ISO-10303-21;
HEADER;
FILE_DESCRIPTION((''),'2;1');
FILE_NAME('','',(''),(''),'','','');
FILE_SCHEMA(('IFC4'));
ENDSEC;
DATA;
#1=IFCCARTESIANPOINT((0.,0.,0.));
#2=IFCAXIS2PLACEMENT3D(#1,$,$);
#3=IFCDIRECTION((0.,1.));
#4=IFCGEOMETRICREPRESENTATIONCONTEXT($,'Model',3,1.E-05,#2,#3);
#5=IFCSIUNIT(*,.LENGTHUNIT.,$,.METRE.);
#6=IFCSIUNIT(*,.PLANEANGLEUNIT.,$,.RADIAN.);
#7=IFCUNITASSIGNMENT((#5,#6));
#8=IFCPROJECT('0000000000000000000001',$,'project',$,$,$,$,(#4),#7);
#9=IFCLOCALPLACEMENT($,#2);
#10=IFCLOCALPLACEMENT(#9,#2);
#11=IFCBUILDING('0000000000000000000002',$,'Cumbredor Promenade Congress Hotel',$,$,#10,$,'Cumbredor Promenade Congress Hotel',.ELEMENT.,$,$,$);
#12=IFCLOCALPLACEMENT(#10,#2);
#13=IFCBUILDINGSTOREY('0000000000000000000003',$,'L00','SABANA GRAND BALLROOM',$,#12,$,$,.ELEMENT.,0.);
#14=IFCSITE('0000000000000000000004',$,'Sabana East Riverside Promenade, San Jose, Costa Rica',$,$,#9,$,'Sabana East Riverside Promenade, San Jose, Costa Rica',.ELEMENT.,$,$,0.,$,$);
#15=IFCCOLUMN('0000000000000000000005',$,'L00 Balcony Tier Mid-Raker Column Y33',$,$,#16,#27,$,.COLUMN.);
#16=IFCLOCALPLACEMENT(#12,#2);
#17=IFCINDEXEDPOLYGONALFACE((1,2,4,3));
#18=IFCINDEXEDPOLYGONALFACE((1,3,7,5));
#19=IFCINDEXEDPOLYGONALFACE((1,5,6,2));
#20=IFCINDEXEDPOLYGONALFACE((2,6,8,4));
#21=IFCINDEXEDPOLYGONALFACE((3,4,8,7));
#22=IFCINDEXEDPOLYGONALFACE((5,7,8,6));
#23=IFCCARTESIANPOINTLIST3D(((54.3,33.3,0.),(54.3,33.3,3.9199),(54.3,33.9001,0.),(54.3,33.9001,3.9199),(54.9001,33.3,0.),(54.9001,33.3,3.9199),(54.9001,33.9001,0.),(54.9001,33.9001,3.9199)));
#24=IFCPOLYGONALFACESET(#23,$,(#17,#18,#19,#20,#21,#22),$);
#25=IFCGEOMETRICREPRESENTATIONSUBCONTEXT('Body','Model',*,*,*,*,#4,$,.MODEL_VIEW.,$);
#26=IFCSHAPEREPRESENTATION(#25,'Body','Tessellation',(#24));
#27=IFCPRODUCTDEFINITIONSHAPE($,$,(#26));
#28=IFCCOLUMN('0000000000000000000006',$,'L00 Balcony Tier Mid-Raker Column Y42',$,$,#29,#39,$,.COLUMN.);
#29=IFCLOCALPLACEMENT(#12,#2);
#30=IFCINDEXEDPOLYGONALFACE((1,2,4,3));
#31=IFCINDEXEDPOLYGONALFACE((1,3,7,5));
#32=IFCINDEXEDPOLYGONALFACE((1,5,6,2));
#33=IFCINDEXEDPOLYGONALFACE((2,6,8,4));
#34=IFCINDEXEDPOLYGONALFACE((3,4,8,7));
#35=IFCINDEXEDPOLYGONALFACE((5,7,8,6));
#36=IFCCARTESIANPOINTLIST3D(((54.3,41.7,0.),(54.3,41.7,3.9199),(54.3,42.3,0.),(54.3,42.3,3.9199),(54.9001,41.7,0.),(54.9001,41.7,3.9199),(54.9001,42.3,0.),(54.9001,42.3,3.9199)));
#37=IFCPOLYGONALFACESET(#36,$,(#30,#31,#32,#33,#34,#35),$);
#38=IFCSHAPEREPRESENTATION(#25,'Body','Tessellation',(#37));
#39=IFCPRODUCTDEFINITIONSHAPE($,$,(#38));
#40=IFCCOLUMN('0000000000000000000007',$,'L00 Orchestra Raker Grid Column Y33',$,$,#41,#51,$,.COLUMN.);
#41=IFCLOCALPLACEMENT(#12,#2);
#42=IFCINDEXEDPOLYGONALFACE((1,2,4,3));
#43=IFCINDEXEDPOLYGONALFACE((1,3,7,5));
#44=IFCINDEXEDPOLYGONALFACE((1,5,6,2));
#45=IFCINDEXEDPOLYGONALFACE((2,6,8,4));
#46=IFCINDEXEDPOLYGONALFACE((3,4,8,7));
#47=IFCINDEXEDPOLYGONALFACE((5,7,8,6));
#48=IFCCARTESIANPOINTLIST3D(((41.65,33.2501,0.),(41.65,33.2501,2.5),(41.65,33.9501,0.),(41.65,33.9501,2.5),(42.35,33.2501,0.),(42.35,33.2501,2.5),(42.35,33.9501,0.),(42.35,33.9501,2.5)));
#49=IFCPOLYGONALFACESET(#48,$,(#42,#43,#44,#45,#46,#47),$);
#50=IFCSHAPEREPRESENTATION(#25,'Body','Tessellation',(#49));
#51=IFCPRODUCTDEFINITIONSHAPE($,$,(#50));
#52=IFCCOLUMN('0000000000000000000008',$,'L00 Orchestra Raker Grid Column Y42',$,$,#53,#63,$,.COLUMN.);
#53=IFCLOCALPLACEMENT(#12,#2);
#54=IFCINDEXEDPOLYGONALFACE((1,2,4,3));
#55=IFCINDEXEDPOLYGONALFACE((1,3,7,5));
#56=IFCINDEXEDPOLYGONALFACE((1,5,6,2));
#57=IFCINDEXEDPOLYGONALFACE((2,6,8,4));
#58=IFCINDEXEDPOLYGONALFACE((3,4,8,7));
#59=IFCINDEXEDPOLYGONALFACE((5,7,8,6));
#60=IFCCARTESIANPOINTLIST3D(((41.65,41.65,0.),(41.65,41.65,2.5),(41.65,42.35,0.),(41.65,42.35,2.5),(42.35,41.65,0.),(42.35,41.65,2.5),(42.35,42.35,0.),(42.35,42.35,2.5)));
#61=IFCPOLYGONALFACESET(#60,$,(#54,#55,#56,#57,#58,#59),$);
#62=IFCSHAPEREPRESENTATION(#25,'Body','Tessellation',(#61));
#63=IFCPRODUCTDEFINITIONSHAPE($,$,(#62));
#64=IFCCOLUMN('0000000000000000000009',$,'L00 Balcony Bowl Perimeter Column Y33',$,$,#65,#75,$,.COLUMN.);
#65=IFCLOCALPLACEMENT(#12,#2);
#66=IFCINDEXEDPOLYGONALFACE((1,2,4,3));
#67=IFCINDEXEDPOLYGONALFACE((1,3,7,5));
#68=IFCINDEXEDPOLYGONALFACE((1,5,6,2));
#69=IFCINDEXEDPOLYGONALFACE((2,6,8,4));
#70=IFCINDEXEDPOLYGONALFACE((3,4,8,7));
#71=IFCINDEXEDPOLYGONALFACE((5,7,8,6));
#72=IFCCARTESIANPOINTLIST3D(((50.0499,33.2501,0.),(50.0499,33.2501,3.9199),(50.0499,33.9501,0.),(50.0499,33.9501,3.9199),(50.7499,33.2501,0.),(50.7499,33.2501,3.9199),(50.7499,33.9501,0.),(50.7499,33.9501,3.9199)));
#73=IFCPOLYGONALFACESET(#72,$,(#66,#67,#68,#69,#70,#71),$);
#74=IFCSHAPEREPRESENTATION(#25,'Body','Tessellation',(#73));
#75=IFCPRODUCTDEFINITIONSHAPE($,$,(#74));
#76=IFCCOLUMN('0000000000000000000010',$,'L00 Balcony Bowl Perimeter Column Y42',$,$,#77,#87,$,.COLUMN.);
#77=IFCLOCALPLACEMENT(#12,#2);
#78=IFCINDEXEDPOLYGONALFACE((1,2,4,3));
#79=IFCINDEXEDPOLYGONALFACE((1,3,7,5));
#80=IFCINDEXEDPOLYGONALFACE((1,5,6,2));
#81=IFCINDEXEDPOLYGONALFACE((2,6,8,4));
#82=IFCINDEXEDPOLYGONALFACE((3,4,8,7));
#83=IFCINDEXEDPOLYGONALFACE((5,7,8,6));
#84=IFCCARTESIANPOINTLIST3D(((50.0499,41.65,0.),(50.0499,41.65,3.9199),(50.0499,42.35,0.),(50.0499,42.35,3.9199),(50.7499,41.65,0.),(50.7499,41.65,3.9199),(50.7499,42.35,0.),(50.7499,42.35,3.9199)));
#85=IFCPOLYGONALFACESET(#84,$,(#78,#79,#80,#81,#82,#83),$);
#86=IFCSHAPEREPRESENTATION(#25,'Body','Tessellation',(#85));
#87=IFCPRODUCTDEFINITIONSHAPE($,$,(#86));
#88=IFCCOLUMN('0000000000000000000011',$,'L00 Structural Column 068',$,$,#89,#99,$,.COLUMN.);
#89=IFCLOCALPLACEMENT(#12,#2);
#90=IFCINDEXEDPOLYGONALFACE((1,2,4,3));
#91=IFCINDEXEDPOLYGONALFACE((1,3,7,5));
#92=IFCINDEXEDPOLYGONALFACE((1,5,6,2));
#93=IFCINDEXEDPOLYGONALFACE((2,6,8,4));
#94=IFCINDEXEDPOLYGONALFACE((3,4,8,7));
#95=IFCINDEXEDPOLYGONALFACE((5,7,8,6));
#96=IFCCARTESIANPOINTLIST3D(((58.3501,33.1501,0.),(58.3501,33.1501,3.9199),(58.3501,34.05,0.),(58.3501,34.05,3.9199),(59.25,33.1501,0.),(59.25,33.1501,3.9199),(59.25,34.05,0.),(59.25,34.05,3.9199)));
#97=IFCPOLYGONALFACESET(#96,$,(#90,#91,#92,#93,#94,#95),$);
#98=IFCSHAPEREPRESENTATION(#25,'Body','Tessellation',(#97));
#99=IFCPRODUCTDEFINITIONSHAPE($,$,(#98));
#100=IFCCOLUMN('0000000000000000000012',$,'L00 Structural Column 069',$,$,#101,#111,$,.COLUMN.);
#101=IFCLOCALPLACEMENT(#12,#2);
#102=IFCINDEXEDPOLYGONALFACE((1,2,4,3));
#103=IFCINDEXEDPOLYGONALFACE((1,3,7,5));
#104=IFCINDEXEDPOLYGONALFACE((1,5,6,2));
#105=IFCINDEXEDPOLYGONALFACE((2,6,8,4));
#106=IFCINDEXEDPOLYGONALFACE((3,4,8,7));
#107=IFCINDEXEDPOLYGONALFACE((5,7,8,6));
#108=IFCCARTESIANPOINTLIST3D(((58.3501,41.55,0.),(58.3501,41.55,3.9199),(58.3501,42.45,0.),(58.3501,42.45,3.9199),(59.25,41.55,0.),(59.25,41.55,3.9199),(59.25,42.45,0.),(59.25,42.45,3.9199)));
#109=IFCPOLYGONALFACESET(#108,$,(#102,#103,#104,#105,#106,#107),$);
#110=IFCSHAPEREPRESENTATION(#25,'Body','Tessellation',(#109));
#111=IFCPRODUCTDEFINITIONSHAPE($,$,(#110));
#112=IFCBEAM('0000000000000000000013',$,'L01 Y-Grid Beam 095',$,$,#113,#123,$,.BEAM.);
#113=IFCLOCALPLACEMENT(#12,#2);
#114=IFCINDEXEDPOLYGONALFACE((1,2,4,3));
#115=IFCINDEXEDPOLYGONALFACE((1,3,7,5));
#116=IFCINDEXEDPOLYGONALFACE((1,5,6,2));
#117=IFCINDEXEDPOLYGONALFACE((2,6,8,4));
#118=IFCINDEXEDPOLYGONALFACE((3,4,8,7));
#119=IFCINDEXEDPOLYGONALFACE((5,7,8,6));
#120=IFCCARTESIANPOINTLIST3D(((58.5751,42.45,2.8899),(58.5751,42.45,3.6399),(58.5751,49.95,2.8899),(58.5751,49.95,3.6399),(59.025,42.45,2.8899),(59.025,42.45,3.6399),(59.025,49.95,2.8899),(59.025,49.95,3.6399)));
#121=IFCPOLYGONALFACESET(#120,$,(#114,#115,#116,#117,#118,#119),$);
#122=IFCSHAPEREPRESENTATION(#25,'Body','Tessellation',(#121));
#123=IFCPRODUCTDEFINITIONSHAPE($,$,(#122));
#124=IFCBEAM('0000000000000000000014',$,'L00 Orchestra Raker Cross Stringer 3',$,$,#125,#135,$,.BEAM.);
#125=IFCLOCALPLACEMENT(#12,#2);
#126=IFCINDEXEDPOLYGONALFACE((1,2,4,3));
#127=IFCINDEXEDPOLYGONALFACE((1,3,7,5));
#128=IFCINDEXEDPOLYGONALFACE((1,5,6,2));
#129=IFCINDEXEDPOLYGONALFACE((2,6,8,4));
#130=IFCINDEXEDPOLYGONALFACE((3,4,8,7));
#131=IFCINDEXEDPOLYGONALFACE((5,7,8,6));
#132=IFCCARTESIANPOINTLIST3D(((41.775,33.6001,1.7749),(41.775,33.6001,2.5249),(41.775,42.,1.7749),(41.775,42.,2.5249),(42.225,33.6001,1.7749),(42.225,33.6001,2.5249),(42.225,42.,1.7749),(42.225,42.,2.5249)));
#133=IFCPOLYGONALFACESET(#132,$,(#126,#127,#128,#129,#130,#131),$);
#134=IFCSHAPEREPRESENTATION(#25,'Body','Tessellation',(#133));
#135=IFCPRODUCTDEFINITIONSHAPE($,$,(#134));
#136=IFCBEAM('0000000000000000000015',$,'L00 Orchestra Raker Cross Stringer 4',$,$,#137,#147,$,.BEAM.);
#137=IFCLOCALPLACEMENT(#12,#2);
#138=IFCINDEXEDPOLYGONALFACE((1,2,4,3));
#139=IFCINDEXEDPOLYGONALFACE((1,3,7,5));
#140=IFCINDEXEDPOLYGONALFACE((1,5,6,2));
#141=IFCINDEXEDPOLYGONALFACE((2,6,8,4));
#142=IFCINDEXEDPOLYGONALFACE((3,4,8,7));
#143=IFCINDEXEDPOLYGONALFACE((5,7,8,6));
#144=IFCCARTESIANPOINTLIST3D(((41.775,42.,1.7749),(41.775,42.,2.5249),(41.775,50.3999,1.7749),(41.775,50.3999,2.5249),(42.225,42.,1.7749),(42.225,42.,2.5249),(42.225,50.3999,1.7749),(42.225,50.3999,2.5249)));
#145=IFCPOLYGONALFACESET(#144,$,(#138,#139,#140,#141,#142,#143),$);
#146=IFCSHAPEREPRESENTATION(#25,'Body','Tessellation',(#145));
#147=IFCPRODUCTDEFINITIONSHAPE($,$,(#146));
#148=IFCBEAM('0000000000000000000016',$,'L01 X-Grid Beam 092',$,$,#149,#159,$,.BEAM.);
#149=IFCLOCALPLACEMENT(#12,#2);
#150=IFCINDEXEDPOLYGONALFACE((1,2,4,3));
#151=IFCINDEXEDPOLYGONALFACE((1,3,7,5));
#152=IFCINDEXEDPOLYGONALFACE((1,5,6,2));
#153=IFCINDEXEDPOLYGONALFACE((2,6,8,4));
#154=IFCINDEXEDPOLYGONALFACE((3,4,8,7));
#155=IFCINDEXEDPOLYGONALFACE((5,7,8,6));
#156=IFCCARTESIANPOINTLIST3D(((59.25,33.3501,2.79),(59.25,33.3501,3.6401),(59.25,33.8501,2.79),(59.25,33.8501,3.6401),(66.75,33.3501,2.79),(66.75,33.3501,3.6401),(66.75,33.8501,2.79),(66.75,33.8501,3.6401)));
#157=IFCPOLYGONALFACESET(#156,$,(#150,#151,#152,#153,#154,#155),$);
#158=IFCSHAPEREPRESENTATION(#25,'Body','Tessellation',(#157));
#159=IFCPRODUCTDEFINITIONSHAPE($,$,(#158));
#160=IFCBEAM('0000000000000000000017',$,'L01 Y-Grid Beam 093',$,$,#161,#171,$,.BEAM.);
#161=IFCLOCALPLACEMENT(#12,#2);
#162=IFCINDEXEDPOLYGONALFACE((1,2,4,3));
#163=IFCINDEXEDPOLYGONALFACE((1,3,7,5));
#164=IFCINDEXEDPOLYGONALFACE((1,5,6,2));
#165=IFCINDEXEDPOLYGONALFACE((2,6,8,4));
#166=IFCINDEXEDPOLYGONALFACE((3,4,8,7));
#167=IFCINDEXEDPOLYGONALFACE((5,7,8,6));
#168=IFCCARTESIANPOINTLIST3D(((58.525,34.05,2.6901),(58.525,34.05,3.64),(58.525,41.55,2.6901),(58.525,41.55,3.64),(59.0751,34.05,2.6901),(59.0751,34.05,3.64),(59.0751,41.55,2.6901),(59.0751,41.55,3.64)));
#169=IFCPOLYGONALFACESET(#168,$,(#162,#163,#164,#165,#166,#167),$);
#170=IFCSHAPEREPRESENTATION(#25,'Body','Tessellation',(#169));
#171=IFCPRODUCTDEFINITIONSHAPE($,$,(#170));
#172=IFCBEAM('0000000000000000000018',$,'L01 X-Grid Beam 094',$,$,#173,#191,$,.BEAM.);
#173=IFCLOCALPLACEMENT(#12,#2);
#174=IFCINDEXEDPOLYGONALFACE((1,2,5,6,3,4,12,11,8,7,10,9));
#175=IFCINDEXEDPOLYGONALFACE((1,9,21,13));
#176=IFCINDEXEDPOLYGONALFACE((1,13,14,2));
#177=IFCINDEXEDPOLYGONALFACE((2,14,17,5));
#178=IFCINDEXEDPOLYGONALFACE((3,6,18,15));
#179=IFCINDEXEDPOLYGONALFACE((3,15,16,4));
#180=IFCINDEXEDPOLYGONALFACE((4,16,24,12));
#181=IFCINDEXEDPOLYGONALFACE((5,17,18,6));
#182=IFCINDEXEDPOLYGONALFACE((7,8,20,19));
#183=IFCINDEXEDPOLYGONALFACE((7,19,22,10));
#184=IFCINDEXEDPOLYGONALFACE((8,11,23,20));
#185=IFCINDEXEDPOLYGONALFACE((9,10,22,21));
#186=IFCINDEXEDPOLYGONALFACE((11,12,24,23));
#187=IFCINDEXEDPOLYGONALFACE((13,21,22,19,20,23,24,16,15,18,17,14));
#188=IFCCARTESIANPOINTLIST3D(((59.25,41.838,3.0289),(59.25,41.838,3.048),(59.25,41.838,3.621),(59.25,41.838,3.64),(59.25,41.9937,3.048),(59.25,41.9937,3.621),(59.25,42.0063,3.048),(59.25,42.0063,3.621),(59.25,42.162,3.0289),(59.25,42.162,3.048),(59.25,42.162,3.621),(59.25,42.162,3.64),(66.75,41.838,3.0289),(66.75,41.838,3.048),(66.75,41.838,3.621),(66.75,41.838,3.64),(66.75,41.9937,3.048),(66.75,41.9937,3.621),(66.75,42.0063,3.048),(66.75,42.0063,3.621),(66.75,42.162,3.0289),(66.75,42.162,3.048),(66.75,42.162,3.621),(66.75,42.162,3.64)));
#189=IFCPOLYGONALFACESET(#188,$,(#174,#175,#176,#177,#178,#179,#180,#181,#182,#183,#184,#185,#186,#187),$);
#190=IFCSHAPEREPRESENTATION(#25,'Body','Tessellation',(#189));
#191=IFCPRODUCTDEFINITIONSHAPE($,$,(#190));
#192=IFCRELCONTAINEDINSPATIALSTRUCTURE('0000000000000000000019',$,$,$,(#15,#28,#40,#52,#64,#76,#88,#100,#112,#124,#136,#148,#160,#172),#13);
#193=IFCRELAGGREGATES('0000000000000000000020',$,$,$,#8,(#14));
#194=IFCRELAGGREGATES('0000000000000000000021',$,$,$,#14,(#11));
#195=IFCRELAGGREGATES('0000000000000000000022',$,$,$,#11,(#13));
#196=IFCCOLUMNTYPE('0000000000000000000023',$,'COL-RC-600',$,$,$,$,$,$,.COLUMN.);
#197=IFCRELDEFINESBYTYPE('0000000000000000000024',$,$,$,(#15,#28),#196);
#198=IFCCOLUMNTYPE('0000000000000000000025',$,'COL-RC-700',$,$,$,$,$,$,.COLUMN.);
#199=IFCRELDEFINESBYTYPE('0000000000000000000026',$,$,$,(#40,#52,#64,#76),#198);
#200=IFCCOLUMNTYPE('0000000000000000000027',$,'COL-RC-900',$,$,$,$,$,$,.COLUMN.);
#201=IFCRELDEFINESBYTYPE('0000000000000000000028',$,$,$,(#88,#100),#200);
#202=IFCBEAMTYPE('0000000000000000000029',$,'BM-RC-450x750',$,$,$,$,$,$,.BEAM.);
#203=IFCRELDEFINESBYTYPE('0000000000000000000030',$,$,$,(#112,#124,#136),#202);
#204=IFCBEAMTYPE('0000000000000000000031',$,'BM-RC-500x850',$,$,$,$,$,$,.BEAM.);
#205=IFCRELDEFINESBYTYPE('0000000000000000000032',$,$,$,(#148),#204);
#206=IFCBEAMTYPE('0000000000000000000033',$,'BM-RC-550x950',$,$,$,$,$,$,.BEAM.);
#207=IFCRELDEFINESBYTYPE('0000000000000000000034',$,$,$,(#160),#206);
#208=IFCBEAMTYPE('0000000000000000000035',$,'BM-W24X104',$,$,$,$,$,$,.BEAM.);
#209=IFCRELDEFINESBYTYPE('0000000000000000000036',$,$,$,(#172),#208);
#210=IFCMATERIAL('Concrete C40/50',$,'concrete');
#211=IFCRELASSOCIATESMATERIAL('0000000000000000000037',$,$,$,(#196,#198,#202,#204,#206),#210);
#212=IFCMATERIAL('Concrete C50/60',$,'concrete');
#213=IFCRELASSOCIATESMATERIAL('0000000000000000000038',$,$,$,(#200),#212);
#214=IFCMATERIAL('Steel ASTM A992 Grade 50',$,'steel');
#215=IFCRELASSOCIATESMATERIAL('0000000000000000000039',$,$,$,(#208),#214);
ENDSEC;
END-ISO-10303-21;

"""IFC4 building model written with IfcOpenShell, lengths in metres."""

from ifc_helpers import new_model, si_unit, direction, frame, origin, origin_2d, place, context, subcontext, project, spatial, rectangle, i_section, extrude, material, material_profile, profile_set, type_object, element, save


model = new_model("IFC4")

# Units and contexts
model_context = context("Model", 3, precision=1e-05, world=origin(), true_north=direction((0.0, 1.0)))
body_context = subcontext(model_context, "Body", "Model", "MODEL_VIEW")
ifc_project = project(units=[si_unit("LENGTHUNIT", "METRE"), si_unit("PLANEANGLEUNIT", "RADIAN")], contexts=[model_context])

# Site, building, storey
site_placement = place(None, origin())
site = spatial("IfcSite", under=ifc_project, at=site_placement, Name="Sabana East Riverside Promenade, San Jose, Costa Rica", LongName="Sabana East Riverside Promenade, San Jose, Costa Rica", CompositionType="ELEMENT", RefElevation=0.0)
building_placement = place(site_placement, origin())
building = spatial("IfcBuilding", under=site, at=building_placement, Name="Cumbredor Promenade Congress Hotel", LongName="Cumbredor Promenade Congress Hotel", CompositionType="ELEMENT")
storey_placement = place(building_placement, origin())
storey = spatial("IfcBuildingStorey", under=building, at=storey_placement, Name="L00", Description="SABANA GRAND BALLROOM", CompositionType="ELEMENT", Elevation=0.0)

# Columns
ifc_material_1 = material(Name="Concrete C40/50", Category="concrete")
ifc_material_profile_1 = material_profile(ifc_material_1, rectangle(XDim=0.6001, YDim=0.6001, at=origin_2d()), Name="RC 600x600")
ifc_profile_set_1 = profile_set([ifc_material_profile_1], Name="Concrete C40/50")
column_type_1 = type_object("IfcColumnType", Name="COL-RC-600", PredefinedType="COLUMN", material=ifc_profile_set_1)
for number, where, z_axis, x_axis, name in (
    (1, (54.6001, 33.6001, 0.0), (0.0, 0.0, 1.0), (1.0, 0.0, 0.0), "L00 Balcony Tier Mid-Raker Column Y33"),
    (2, (54.6001, 42.0, 0.0), (0.0, 0.0, 1.0), (1.0, 0.0, 0.0), "L00 Balcony Tier Mid-Raker Column Y42"),
):
    element("IfcColumn", number, at=place(storey_placement, frame(where, z_axis=z_axis, x_axis=x_axis)), inside=storey, type_object=column_type_1, Name=name, PredefinedType="COLUMN", context=body_context, shape_type="SweptSolid", body=[
        extrude(rectangle(XDim=0.6001, YDim=0.6001, at=origin_2d()), origin(), (0.0, 0.0, 1.0), 3.9199),
    ])
ifc_material_profile_2 = material_profile(ifc_material_1, rectangle(XDim=0.7, YDim=0.7, at=origin_2d()), Name="RC 700x700")
ifc_profile_set_2 = profile_set([ifc_material_profile_2], Name="Concrete C40/50")
column_type_2 = type_object("IfcColumnType", Name="COL-RC-700", PredefinedType="COLUMN", material=ifc_profile_set_2)
for number, where, z_axis, x_axis, name in (
    (3, (42.0, 33.6001, 0.0), (0.0, 0.0, 1.0), (1.0, 0.0, 0.0), "L00 Orchestra Raker Grid Column Y33"),
    (4, (42.0, 42.0, 0.0), (0.0, 0.0, 1.0), (1.0, 0.0, 0.0), "L00 Orchestra Raker Grid Column Y42"),
):
    element("IfcColumn", number, at=place(storey_placement, frame(where, z_axis=z_axis, x_axis=x_axis)), inside=storey, type_object=column_type_2, Name=name, PredefinedType="COLUMN", context=body_context, shape_type="SweptSolid", body=[
        extrude(rectangle(XDim=0.7, YDim=0.7, at=origin_2d()), origin(), (0.0, 0.0, 1.0), 2.5),
    ])
for number, where, z_axis, x_axis, name in (
    (5, (50.3999, 33.6001, 0.0), (0.0, 0.0, 1.0), (1.0, 0.0, 0.0), "L00 Balcony Bowl Perimeter Column Y33"),
    (6, (50.3999, 42.0, 0.0), (0.0, 0.0, 1.0), (1.0, 0.0, 0.0), "L00 Balcony Bowl Perimeter Column Y42"),
):
    element("IfcColumn", number, at=place(storey_placement, frame(where, z_axis=z_axis, x_axis=x_axis)), inside=storey, type_object=column_type_2, Name=name, PredefinedType="COLUMN", context=body_context, shape_type="SweptSolid", body=[
        extrude(rectangle(XDim=0.7, YDim=0.7, at=origin_2d()), origin(), (0.0, 0.0, 1.0), 3.9199),
    ])
ifc_material_2 = material(Name="Concrete C50/60", Category="concrete")
ifc_material_profile_3 = material_profile(ifc_material_2, rectangle(XDim=0.8999, YDim=0.8999, at=origin_2d()), Name="RC 900x900")
ifc_profile_set_3 = profile_set([ifc_material_profile_3], Name="Concrete C50/60")
column_type_3 = type_object("IfcColumnType", Name="COL-RC-900", PredefinedType="COLUMN", material=ifc_profile_set_3)
for number, where, z_axis, x_axis, name in (
    (7, (58.8, 33.6001, 0.0), (0.0, 0.0, 1.0), (1.0, 0.0, 0.0), "L00 Structural Column 068"),
    (8, (58.8, 42.0, 0.0), (0.0, 0.0, 1.0), (1.0, 0.0, 0.0), "L00 Structural Column 069"),
):
    element("IfcColumn", number, at=place(storey_placement, frame(where, z_axis=z_axis, x_axis=x_axis)), inside=storey, type_object=column_type_3, Name=name, PredefinedType="COLUMN", context=body_context, shape_type="SweptSolid", body=[
        extrude(rectangle(XDim=0.8999, YDim=0.8999, at=origin_2d()), origin(), (0.0, 0.0, 1.0), 3.9199),
    ])

# Beams
ifc_material_profile_4 = material_profile(ifc_material_1, rectangle(XDim=0.45, YDim=0.75, at=origin_2d()), Name="RC BEAM 450x750")
ifc_profile_set_4 = profile_set([ifc_material_profile_4], Name="Concrete C40/50")
beam_type_1 = type_object("IfcBeamType", Name="BM-RC-450x750", PredefinedType="BEAM", material=ifc_profile_set_4)
beam_1_placement = place(storey_placement, frame((58.8, 42.45, 3.2649), z_axis=(0.0, 1.0, 0.0), x_axis=(-1.0, 0.0, 0.0)))
element("IfcBeam", 9, at=beam_1_placement, inside=storey, type_object=beam_type_1, Name="L01 Y-Grid Beam 095", PredefinedType="BEAM", context=body_context, shape_type="SweptSolid", body=[
    extrude(rectangle(XDim=0.45, YDim=0.75, at=origin_2d()), origin(), (0.0, 0.0, 1.0), 7.5),
])
for number, where, z_axis, x_axis, name in (
    (10, (42.0, 33.6001, 2.1499), (0.0, 1.0, 0.0), (-1.0, 0.0, 0.0), "L00 Orchestra Raker Cross Stringer 3"),
    (11, (42.0, 42.0, 2.1499), (0.0, 1.0, 0.0), (-1.0, 0.0, 0.0), "L00 Orchestra Raker Cross Stringer 4"),
):
    element("IfcBeam", number, at=place(storey_placement, frame(where, z_axis=z_axis, x_axis=x_axis)), inside=storey, type_object=beam_type_1, Name=name, PredefinedType="BEAM", context=body_context, shape_type="SweptSolid", body=[
        extrude(rectangle(XDim=0.45, YDim=0.75, at=origin_2d()), origin(), (0.0, 0.0, 1.0), 8.3999),
    ])
ifc_material_profile_5 = material_profile(ifc_material_1, rectangle(XDim=0.5, YDim=0.8501, at=origin_2d()), Name="RC BEAM 500x850")
ifc_profile_set_5 = profile_set([ifc_material_profile_5], Name="Concrete C40/50")
beam_type_2 = type_object("IfcBeamType", Name="BM-RC-500x850", PredefinedType="BEAM", material=ifc_profile_set_5)
beam_2_placement = place(storey_placement, frame((59.25, 33.6001, 3.2151), z_axis=(1.0, 0.0, 0.0), x_axis=(0.0, 1.0, 0.0)))
element("IfcBeam", 12, at=beam_2_placement, inside=storey, type_object=beam_type_2, Name="L01 X-Grid Beam 092", PredefinedType="BEAM", context=body_context, shape_type="SweptSolid", body=[
    extrude(rectangle(XDim=0.5, YDim=0.8501, at=origin_2d()), origin(), (0.0, 0.0, 1.0), 7.5),
])
ifc_material_profile_6 = material_profile(ifc_material_1, rectangle(XDim=0.55, YDim=0.95, at=origin_2d()), Name="RC BEAM 550x950")
ifc_profile_set_6 = profile_set([ifc_material_profile_6], Name="Concrete C40/50")
beam_type_3 = type_object("IfcBeamType", Name="BM-RC-550x950", PredefinedType="BEAM", material=ifc_profile_set_6)
beam_3_placement = place(storey_placement, frame((58.8, 34.05, 3.165), z_axis=(0.0, 1.0, 0.0), x_axis=(-1.0, 0.0, 0.0)))
element("IfcBeam", 13, at=beam_3_placement, inside=storey, type_object=beam_type_3, Name="L01 Y-Grid Beam 093", PredefinedType="BEAM", context=body_context, shape_type="SweptSolid", body=[
    extrude(rectangle(XDim=0.55, YDim=0.95, at=origin_2d()), origin(), (0.0, 0.0, 1.0), 7.5),
])
ifc_material_3 = material(Name="Steel ASTM A992 Grade 50", Category="steel")
ifc_material_profile_7 = material_profile(ifc_material_3, i_section(OverallWidth=0.324, OverallDepth=0.6111, WebThickness=0.0127, FlangeThickness=0.019, at=origin_2d()), Name="W24X104")
ifc_profile_set_7 = profile_set([ifc_material_profile_7], Name="Steel ASTM A992 Grade 50")
beam_type_4 = type_object("IfcBeamType", Name="BM-W24X104", PredefinedType="BEAM", material=ifc_profile_set_7)
beam_4_placement = place(storey_placement, frame((59.25, 42.0, 3.3345), z_axis=(1.0, 0.0, 0.0), x_axis=(0.0, 1.0, 0.0)))
element("IfcBeam", 14, at=beam_4_placement, inside=storey, type_object=beam_type_4, Name="L01 X-Grid Beam 094", PredefinedType="BEAM", context=body_context, shape_type="SweptSolid", body=[
    extrude(i_section(OverallWidth=0.324, OverallDepth=0.6111, WebThickness=0.0127, FlangeThickness=0.019, at=origin_2d()), origin(), (0.0, 0.0, 1.0), 7.5),
])

save(model, "model.ifc")
